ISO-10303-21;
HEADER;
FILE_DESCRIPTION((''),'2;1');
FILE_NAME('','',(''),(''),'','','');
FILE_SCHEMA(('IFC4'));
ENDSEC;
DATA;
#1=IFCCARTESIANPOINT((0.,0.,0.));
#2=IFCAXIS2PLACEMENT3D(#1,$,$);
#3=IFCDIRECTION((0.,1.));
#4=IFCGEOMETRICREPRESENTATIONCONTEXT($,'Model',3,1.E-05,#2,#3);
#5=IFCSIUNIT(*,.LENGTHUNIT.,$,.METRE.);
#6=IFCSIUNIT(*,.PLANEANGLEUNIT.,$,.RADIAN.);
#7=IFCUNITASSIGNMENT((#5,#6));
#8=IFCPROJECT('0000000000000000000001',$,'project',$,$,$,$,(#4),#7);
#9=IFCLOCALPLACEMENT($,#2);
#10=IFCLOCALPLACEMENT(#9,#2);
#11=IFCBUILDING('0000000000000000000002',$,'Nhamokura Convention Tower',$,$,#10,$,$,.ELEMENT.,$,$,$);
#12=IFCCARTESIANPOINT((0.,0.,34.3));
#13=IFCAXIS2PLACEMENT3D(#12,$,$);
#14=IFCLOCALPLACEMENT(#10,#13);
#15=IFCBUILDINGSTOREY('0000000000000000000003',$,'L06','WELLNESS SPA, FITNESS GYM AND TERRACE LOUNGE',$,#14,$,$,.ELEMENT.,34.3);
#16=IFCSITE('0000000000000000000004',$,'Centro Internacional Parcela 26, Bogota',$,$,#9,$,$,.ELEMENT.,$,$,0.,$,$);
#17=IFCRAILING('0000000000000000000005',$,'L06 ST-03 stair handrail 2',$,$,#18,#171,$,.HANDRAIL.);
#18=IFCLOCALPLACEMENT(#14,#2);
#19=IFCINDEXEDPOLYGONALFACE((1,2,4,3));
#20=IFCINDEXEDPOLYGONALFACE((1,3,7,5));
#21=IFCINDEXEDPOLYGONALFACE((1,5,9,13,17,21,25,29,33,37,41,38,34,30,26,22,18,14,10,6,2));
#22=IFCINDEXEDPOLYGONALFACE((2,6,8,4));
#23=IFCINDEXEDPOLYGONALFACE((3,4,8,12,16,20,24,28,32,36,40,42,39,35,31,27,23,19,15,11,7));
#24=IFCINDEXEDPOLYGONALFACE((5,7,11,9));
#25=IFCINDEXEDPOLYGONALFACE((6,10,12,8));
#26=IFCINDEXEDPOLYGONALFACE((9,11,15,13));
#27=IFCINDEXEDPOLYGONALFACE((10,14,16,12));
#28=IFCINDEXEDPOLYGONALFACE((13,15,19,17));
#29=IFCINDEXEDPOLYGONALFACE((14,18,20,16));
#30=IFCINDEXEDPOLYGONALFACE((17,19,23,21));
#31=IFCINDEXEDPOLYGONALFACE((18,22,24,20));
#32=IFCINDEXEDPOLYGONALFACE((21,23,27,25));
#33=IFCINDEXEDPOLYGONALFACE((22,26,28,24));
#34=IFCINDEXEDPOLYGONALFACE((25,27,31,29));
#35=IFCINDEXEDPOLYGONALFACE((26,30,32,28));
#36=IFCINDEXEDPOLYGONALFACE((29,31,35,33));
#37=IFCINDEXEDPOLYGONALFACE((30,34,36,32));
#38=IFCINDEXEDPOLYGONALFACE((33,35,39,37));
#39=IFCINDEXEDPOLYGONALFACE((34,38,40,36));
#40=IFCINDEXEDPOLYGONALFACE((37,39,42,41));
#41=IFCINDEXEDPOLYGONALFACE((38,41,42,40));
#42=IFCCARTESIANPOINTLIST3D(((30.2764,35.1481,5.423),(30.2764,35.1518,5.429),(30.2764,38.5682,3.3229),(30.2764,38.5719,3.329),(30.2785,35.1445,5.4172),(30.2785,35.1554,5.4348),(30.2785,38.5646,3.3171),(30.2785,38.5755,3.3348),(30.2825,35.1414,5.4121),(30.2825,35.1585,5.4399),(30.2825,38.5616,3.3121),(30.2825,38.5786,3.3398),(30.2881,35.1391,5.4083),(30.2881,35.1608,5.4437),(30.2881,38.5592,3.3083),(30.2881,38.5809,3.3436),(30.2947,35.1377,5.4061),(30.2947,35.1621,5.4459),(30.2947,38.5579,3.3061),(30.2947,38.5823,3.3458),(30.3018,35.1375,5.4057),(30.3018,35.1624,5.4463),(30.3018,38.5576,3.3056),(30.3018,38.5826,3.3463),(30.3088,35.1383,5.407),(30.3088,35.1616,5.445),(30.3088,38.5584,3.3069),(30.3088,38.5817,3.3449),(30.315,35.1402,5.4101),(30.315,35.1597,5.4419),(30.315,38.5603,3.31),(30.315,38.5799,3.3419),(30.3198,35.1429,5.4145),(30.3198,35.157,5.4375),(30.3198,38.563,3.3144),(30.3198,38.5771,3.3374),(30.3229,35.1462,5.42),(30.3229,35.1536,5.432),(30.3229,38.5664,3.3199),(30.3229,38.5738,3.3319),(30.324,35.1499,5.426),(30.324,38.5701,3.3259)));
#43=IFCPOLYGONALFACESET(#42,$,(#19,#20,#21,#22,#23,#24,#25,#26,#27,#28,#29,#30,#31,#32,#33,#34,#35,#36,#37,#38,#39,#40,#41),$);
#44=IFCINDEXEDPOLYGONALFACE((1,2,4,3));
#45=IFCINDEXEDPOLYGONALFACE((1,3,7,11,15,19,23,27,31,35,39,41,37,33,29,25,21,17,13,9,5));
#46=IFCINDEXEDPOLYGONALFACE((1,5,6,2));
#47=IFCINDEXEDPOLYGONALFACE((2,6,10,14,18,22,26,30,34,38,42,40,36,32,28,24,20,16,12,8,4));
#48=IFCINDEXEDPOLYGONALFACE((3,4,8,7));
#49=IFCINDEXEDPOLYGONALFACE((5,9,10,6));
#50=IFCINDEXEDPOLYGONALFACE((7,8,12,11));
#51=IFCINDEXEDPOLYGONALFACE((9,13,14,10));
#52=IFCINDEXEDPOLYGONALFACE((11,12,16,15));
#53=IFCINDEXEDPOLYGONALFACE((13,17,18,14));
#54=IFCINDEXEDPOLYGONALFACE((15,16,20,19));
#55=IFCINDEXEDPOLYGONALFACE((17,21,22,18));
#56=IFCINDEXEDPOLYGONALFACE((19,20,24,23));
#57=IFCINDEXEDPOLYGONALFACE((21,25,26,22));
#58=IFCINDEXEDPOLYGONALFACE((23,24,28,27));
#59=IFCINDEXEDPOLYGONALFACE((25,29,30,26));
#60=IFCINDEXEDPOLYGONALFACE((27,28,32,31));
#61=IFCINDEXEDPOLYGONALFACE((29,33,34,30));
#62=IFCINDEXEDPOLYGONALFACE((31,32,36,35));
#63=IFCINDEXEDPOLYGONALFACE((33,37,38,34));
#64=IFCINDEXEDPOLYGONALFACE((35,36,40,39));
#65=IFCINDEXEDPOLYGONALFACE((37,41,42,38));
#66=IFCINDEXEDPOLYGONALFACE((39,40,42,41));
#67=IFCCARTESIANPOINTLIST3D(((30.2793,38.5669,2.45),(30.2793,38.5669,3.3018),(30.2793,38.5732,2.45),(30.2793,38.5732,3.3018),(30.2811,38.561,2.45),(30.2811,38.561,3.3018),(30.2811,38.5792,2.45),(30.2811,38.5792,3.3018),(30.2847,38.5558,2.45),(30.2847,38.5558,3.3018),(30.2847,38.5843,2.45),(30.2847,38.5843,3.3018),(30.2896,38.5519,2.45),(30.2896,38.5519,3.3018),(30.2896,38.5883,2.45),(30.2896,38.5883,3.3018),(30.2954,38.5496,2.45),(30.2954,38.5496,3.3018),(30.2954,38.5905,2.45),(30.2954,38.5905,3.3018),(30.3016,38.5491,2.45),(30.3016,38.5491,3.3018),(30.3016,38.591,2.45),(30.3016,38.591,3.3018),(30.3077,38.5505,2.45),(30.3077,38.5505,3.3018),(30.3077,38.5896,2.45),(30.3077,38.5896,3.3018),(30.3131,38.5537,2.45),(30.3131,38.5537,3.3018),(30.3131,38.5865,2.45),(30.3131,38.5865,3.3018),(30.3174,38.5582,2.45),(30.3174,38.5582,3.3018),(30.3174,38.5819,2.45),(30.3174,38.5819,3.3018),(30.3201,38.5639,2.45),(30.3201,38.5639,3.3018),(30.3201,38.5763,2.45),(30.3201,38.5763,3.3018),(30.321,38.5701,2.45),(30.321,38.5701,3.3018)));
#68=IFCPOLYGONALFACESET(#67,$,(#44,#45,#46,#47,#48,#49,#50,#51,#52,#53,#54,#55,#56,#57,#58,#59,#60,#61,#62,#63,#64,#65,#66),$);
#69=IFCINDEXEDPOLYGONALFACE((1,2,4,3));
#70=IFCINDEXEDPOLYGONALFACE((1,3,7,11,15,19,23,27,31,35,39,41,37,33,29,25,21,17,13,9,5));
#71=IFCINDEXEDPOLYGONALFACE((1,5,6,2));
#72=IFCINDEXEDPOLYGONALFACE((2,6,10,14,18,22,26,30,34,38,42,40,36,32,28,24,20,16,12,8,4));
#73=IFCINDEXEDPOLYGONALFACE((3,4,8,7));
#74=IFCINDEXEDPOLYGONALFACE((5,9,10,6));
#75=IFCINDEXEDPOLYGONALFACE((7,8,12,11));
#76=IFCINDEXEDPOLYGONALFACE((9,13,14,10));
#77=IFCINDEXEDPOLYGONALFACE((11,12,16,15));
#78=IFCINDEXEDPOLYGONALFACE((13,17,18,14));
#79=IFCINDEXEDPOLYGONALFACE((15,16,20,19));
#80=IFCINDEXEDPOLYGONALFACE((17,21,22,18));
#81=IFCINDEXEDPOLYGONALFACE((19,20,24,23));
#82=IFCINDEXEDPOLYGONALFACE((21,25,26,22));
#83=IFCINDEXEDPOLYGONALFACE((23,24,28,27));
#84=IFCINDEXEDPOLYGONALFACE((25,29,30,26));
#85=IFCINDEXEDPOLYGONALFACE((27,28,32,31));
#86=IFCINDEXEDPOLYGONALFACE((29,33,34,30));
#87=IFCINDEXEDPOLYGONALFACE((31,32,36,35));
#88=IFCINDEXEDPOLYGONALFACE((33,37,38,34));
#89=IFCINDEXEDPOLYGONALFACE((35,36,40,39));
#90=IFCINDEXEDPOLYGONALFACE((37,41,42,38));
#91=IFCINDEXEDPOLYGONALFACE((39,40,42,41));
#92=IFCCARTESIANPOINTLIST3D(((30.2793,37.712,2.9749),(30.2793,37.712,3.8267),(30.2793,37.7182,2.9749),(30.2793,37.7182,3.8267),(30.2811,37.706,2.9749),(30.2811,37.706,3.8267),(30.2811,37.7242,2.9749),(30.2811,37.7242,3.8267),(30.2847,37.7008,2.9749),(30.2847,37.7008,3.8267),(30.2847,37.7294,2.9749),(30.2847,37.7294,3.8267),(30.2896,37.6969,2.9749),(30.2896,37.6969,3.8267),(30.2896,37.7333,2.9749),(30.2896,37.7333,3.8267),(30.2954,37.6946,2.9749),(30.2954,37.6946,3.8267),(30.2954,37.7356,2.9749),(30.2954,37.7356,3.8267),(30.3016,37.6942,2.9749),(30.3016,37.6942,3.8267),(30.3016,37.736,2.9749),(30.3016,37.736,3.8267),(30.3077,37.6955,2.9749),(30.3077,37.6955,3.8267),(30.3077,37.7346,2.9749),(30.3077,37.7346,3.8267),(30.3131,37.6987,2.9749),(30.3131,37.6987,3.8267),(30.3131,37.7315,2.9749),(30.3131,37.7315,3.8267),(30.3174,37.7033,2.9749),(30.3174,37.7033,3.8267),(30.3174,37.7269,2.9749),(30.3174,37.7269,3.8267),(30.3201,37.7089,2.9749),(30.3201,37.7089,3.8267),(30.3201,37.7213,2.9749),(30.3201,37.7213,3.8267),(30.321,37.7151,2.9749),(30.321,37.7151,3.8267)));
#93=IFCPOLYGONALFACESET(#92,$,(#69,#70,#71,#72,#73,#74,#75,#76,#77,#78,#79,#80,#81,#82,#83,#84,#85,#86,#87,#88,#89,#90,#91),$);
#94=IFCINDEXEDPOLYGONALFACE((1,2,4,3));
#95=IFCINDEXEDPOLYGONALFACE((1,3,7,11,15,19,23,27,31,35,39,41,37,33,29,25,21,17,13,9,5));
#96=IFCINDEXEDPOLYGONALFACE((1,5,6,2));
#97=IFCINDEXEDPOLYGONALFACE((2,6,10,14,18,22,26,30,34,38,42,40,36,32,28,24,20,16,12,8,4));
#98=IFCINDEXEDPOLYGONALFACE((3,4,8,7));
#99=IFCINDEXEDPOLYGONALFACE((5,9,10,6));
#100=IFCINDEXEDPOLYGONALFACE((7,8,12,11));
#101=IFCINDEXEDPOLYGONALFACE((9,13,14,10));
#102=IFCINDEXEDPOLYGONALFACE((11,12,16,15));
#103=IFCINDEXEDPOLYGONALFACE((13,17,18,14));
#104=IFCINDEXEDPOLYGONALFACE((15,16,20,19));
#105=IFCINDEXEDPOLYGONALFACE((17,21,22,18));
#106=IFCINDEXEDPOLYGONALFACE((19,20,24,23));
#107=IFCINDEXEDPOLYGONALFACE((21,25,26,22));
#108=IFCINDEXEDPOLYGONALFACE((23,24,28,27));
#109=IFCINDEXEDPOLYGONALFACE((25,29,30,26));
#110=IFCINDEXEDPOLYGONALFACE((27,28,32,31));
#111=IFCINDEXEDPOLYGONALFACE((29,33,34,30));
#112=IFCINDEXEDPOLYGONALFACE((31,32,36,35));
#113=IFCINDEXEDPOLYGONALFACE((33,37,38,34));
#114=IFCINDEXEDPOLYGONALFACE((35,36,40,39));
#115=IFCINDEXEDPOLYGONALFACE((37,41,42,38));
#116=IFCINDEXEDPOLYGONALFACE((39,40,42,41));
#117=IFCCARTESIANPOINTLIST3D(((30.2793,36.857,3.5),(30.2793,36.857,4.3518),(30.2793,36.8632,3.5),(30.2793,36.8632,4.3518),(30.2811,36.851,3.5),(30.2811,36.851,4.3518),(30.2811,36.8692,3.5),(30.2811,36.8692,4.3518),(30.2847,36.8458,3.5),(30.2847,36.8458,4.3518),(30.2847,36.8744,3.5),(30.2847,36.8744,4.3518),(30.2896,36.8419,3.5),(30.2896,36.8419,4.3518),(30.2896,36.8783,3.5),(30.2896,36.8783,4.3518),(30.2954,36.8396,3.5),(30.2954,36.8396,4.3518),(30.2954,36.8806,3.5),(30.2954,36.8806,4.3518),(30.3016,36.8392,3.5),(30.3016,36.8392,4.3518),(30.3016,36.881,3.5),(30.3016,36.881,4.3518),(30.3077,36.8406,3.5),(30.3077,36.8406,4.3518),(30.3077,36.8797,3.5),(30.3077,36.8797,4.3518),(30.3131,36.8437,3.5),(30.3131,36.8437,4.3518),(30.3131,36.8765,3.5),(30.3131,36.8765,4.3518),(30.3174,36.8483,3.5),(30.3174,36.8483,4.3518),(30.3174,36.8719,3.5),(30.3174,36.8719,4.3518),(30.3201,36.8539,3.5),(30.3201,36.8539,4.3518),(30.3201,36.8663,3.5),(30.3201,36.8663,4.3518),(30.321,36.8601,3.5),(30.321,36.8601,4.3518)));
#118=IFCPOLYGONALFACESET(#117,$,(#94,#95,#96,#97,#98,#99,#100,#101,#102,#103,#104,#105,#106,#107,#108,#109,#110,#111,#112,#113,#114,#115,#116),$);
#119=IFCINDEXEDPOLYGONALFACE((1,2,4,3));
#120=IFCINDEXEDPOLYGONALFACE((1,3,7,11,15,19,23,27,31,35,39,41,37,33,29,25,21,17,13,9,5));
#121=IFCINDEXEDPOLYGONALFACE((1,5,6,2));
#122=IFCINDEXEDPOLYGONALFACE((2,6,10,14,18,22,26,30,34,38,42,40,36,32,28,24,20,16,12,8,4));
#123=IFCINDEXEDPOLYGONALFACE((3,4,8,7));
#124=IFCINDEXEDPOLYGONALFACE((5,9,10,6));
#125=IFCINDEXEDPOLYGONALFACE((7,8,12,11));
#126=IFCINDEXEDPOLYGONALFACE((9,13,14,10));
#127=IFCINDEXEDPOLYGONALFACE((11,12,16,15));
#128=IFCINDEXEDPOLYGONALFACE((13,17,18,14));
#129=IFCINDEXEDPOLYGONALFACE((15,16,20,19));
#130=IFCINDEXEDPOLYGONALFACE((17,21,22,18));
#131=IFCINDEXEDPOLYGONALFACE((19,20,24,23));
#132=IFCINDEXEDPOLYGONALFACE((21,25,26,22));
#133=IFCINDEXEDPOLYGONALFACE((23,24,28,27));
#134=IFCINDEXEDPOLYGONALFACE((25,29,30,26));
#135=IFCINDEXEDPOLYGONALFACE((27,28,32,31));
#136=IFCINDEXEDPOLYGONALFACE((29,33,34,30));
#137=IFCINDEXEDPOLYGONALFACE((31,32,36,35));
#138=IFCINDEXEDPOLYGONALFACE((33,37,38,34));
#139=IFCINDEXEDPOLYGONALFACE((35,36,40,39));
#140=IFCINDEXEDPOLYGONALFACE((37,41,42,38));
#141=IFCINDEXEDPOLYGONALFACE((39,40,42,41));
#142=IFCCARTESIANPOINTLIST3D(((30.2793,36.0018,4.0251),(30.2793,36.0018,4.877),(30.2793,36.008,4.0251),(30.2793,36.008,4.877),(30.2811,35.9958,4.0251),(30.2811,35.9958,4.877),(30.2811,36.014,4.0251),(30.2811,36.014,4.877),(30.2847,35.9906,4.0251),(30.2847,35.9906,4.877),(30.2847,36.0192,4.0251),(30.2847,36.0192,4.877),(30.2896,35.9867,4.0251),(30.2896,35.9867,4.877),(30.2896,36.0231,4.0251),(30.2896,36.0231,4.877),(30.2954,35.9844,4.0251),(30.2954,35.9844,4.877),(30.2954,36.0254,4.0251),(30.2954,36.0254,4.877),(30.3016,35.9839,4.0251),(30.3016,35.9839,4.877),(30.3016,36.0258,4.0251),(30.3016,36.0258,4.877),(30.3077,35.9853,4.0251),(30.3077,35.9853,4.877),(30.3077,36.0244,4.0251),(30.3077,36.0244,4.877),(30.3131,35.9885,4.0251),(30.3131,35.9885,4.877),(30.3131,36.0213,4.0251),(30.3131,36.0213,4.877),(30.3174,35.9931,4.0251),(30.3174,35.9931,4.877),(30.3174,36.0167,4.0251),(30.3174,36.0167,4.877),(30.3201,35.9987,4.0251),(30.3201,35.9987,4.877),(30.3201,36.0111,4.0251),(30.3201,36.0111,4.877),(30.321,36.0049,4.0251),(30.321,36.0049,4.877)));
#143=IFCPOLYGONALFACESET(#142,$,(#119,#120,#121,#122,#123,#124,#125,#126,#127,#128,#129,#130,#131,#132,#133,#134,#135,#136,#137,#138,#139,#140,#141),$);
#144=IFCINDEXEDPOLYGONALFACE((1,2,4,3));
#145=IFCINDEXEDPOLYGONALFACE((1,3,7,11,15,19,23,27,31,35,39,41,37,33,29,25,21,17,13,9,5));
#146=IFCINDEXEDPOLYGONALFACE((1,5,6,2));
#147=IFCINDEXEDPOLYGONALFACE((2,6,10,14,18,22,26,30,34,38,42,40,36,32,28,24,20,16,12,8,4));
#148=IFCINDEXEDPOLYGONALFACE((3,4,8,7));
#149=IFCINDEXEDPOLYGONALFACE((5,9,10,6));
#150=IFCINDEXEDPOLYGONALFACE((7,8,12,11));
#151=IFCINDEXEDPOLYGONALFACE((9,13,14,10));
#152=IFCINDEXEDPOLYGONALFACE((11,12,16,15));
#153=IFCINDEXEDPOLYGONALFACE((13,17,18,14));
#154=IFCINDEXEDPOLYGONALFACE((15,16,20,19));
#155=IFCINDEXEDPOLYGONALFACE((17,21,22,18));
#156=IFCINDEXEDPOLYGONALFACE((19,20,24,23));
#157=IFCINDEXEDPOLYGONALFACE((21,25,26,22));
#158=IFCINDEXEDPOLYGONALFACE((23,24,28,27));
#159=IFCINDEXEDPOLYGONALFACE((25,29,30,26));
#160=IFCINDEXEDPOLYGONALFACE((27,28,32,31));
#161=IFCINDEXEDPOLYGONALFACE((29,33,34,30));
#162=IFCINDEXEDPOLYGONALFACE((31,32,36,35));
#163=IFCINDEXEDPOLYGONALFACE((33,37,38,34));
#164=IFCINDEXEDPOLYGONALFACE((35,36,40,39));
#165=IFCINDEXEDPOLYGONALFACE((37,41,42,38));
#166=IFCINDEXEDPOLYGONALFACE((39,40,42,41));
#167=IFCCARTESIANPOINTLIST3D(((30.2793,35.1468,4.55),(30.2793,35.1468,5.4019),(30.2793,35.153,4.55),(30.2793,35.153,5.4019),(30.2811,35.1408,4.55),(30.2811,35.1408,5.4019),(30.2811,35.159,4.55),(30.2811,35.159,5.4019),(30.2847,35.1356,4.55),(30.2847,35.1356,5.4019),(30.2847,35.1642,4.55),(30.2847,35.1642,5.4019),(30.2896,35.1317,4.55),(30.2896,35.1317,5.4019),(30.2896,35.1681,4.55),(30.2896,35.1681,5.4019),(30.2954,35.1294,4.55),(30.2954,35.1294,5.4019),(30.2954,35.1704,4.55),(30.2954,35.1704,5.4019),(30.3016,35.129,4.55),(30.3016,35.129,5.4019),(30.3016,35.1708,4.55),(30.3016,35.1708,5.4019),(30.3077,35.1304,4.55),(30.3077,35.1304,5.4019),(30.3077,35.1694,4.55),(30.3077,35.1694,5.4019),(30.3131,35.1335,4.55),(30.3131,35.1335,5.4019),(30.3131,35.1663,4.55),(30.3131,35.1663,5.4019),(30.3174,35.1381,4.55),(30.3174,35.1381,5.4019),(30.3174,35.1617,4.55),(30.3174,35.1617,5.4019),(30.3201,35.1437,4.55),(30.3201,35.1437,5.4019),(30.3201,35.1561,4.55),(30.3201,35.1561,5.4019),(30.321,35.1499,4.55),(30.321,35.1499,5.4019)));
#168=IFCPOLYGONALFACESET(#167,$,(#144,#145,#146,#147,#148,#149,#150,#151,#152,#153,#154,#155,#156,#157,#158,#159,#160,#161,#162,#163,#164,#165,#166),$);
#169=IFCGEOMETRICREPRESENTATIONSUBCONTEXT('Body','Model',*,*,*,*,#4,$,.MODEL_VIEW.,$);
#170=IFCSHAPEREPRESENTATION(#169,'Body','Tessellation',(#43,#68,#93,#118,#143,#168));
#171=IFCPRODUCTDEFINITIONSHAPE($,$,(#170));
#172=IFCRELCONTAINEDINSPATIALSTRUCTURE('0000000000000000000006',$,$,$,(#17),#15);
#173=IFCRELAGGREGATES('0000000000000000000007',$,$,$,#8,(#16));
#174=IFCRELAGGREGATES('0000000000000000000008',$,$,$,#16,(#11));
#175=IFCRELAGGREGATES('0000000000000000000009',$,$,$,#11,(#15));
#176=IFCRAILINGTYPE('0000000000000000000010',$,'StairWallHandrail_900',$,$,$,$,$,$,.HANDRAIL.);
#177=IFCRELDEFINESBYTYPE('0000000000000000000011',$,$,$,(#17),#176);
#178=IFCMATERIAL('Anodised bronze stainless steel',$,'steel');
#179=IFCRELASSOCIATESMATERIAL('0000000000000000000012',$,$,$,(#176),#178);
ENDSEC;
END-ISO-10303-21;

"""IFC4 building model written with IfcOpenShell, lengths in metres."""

from ifc_helpers import new_model, si_unit, direction, frame, origin, origin_2d, place, context, subcontext, project, spatial, circle, extrude, material, type_object, element, save


model = new_model("IFC4")

# Units and contexts
model_context = context("Model", 3, precision=1e-05, world=origin(), true_north=direction((0.0, 1.0)))
body_context = subcontext(model_context, "Body", "Model", "MODEL_VIEW")
ifc_project = project(units=[si_unit("LENGTHUNIT", "METRE"), si_unit("PLANEANGLEUNIT", "RADIAN")], contexts=[model_context])

# Site, building, storey
site_placement = place(None, origin())
site = spatial("IfcSite", under=ifc_project, at=site_placement, Name="Centro Internacional Parcela 26, Bogota", CompositionType="ELEMENT", RefElevation=0.0)
building_placement = place(site_placement, origin())
building = spatial("IfcBuilding", under=site, at=building_placement, Name="Nhamokura Convention Tower", CompositionType="ELEMENT")
storey_placement = place(building_placement, frame((0.0, 0.0, 34.3)))
storey = spatial("IfcBuildingStorey", under=building, at=storey_placement, Name="L06", Description="WELLNESS SPA, FITNESS GYM AND TERRACE LOUNGE", CompositionType="ELEMENT", Elevation=34.3)

# Railing
ifc_material_1 = material(Name="Anodised bronze stainless steel", Category="steel")
railing_type_1 = type_object("IfcRailingType", Name="StairWallHandrail_900", PredefinedType="HANDRAIL", material=ifc_material_1)
railing_1_placement = place(storey_placement, frame((30.3, 38.5701, 2.45)))
element("IfcRailing", 1, at=railing_1_placement, inside=storey, type_object=railing_type_1, Name="L06 ST-03 stair handrail 2", PredefinedType="HANDRAIL", context=body_context, shape_type="SweptSolid", body=[
    extrude(circle(Radius=0.0239, at=origin_2d()), frame((0.0, 0.0, 0.876), z_axis=(0.0, -0.852172, 0.523262), x_axis=(1.0, 0.0, 0.0)), (0.0, 0.0, 1.0), 4.0134),
    extrude(circle(Radius=0.021, at=origin_2d()), origin(), (0.0, 0.0, 1.0), 0.8518),
    extrude(circle(Radius=0.021, at=origin_2d()), frame((0.0, -0.855, 0.5249)), (0.0, 0.0, 1.0), 0.8518),
    extrude(circle(Radius=0.021, at=origin_2d()), frame((0.0, -1.71, 1.05)), (0.0, 0.0, 1.0), 0.8518),
    extrude(circle(Radius=0.021, at=origin_2d()), frame((0.0, -2.5652, 1.5752)), (0.0, 0.0, 1.0), 0.8518),
    extrude(circle(Radius=0.021, at=origin_2d()), frame((0.0, -3.4202, 2.1001)), (0.0, 0.0, 1.0), 0.8518),
])

save(model, "model.ifc")
